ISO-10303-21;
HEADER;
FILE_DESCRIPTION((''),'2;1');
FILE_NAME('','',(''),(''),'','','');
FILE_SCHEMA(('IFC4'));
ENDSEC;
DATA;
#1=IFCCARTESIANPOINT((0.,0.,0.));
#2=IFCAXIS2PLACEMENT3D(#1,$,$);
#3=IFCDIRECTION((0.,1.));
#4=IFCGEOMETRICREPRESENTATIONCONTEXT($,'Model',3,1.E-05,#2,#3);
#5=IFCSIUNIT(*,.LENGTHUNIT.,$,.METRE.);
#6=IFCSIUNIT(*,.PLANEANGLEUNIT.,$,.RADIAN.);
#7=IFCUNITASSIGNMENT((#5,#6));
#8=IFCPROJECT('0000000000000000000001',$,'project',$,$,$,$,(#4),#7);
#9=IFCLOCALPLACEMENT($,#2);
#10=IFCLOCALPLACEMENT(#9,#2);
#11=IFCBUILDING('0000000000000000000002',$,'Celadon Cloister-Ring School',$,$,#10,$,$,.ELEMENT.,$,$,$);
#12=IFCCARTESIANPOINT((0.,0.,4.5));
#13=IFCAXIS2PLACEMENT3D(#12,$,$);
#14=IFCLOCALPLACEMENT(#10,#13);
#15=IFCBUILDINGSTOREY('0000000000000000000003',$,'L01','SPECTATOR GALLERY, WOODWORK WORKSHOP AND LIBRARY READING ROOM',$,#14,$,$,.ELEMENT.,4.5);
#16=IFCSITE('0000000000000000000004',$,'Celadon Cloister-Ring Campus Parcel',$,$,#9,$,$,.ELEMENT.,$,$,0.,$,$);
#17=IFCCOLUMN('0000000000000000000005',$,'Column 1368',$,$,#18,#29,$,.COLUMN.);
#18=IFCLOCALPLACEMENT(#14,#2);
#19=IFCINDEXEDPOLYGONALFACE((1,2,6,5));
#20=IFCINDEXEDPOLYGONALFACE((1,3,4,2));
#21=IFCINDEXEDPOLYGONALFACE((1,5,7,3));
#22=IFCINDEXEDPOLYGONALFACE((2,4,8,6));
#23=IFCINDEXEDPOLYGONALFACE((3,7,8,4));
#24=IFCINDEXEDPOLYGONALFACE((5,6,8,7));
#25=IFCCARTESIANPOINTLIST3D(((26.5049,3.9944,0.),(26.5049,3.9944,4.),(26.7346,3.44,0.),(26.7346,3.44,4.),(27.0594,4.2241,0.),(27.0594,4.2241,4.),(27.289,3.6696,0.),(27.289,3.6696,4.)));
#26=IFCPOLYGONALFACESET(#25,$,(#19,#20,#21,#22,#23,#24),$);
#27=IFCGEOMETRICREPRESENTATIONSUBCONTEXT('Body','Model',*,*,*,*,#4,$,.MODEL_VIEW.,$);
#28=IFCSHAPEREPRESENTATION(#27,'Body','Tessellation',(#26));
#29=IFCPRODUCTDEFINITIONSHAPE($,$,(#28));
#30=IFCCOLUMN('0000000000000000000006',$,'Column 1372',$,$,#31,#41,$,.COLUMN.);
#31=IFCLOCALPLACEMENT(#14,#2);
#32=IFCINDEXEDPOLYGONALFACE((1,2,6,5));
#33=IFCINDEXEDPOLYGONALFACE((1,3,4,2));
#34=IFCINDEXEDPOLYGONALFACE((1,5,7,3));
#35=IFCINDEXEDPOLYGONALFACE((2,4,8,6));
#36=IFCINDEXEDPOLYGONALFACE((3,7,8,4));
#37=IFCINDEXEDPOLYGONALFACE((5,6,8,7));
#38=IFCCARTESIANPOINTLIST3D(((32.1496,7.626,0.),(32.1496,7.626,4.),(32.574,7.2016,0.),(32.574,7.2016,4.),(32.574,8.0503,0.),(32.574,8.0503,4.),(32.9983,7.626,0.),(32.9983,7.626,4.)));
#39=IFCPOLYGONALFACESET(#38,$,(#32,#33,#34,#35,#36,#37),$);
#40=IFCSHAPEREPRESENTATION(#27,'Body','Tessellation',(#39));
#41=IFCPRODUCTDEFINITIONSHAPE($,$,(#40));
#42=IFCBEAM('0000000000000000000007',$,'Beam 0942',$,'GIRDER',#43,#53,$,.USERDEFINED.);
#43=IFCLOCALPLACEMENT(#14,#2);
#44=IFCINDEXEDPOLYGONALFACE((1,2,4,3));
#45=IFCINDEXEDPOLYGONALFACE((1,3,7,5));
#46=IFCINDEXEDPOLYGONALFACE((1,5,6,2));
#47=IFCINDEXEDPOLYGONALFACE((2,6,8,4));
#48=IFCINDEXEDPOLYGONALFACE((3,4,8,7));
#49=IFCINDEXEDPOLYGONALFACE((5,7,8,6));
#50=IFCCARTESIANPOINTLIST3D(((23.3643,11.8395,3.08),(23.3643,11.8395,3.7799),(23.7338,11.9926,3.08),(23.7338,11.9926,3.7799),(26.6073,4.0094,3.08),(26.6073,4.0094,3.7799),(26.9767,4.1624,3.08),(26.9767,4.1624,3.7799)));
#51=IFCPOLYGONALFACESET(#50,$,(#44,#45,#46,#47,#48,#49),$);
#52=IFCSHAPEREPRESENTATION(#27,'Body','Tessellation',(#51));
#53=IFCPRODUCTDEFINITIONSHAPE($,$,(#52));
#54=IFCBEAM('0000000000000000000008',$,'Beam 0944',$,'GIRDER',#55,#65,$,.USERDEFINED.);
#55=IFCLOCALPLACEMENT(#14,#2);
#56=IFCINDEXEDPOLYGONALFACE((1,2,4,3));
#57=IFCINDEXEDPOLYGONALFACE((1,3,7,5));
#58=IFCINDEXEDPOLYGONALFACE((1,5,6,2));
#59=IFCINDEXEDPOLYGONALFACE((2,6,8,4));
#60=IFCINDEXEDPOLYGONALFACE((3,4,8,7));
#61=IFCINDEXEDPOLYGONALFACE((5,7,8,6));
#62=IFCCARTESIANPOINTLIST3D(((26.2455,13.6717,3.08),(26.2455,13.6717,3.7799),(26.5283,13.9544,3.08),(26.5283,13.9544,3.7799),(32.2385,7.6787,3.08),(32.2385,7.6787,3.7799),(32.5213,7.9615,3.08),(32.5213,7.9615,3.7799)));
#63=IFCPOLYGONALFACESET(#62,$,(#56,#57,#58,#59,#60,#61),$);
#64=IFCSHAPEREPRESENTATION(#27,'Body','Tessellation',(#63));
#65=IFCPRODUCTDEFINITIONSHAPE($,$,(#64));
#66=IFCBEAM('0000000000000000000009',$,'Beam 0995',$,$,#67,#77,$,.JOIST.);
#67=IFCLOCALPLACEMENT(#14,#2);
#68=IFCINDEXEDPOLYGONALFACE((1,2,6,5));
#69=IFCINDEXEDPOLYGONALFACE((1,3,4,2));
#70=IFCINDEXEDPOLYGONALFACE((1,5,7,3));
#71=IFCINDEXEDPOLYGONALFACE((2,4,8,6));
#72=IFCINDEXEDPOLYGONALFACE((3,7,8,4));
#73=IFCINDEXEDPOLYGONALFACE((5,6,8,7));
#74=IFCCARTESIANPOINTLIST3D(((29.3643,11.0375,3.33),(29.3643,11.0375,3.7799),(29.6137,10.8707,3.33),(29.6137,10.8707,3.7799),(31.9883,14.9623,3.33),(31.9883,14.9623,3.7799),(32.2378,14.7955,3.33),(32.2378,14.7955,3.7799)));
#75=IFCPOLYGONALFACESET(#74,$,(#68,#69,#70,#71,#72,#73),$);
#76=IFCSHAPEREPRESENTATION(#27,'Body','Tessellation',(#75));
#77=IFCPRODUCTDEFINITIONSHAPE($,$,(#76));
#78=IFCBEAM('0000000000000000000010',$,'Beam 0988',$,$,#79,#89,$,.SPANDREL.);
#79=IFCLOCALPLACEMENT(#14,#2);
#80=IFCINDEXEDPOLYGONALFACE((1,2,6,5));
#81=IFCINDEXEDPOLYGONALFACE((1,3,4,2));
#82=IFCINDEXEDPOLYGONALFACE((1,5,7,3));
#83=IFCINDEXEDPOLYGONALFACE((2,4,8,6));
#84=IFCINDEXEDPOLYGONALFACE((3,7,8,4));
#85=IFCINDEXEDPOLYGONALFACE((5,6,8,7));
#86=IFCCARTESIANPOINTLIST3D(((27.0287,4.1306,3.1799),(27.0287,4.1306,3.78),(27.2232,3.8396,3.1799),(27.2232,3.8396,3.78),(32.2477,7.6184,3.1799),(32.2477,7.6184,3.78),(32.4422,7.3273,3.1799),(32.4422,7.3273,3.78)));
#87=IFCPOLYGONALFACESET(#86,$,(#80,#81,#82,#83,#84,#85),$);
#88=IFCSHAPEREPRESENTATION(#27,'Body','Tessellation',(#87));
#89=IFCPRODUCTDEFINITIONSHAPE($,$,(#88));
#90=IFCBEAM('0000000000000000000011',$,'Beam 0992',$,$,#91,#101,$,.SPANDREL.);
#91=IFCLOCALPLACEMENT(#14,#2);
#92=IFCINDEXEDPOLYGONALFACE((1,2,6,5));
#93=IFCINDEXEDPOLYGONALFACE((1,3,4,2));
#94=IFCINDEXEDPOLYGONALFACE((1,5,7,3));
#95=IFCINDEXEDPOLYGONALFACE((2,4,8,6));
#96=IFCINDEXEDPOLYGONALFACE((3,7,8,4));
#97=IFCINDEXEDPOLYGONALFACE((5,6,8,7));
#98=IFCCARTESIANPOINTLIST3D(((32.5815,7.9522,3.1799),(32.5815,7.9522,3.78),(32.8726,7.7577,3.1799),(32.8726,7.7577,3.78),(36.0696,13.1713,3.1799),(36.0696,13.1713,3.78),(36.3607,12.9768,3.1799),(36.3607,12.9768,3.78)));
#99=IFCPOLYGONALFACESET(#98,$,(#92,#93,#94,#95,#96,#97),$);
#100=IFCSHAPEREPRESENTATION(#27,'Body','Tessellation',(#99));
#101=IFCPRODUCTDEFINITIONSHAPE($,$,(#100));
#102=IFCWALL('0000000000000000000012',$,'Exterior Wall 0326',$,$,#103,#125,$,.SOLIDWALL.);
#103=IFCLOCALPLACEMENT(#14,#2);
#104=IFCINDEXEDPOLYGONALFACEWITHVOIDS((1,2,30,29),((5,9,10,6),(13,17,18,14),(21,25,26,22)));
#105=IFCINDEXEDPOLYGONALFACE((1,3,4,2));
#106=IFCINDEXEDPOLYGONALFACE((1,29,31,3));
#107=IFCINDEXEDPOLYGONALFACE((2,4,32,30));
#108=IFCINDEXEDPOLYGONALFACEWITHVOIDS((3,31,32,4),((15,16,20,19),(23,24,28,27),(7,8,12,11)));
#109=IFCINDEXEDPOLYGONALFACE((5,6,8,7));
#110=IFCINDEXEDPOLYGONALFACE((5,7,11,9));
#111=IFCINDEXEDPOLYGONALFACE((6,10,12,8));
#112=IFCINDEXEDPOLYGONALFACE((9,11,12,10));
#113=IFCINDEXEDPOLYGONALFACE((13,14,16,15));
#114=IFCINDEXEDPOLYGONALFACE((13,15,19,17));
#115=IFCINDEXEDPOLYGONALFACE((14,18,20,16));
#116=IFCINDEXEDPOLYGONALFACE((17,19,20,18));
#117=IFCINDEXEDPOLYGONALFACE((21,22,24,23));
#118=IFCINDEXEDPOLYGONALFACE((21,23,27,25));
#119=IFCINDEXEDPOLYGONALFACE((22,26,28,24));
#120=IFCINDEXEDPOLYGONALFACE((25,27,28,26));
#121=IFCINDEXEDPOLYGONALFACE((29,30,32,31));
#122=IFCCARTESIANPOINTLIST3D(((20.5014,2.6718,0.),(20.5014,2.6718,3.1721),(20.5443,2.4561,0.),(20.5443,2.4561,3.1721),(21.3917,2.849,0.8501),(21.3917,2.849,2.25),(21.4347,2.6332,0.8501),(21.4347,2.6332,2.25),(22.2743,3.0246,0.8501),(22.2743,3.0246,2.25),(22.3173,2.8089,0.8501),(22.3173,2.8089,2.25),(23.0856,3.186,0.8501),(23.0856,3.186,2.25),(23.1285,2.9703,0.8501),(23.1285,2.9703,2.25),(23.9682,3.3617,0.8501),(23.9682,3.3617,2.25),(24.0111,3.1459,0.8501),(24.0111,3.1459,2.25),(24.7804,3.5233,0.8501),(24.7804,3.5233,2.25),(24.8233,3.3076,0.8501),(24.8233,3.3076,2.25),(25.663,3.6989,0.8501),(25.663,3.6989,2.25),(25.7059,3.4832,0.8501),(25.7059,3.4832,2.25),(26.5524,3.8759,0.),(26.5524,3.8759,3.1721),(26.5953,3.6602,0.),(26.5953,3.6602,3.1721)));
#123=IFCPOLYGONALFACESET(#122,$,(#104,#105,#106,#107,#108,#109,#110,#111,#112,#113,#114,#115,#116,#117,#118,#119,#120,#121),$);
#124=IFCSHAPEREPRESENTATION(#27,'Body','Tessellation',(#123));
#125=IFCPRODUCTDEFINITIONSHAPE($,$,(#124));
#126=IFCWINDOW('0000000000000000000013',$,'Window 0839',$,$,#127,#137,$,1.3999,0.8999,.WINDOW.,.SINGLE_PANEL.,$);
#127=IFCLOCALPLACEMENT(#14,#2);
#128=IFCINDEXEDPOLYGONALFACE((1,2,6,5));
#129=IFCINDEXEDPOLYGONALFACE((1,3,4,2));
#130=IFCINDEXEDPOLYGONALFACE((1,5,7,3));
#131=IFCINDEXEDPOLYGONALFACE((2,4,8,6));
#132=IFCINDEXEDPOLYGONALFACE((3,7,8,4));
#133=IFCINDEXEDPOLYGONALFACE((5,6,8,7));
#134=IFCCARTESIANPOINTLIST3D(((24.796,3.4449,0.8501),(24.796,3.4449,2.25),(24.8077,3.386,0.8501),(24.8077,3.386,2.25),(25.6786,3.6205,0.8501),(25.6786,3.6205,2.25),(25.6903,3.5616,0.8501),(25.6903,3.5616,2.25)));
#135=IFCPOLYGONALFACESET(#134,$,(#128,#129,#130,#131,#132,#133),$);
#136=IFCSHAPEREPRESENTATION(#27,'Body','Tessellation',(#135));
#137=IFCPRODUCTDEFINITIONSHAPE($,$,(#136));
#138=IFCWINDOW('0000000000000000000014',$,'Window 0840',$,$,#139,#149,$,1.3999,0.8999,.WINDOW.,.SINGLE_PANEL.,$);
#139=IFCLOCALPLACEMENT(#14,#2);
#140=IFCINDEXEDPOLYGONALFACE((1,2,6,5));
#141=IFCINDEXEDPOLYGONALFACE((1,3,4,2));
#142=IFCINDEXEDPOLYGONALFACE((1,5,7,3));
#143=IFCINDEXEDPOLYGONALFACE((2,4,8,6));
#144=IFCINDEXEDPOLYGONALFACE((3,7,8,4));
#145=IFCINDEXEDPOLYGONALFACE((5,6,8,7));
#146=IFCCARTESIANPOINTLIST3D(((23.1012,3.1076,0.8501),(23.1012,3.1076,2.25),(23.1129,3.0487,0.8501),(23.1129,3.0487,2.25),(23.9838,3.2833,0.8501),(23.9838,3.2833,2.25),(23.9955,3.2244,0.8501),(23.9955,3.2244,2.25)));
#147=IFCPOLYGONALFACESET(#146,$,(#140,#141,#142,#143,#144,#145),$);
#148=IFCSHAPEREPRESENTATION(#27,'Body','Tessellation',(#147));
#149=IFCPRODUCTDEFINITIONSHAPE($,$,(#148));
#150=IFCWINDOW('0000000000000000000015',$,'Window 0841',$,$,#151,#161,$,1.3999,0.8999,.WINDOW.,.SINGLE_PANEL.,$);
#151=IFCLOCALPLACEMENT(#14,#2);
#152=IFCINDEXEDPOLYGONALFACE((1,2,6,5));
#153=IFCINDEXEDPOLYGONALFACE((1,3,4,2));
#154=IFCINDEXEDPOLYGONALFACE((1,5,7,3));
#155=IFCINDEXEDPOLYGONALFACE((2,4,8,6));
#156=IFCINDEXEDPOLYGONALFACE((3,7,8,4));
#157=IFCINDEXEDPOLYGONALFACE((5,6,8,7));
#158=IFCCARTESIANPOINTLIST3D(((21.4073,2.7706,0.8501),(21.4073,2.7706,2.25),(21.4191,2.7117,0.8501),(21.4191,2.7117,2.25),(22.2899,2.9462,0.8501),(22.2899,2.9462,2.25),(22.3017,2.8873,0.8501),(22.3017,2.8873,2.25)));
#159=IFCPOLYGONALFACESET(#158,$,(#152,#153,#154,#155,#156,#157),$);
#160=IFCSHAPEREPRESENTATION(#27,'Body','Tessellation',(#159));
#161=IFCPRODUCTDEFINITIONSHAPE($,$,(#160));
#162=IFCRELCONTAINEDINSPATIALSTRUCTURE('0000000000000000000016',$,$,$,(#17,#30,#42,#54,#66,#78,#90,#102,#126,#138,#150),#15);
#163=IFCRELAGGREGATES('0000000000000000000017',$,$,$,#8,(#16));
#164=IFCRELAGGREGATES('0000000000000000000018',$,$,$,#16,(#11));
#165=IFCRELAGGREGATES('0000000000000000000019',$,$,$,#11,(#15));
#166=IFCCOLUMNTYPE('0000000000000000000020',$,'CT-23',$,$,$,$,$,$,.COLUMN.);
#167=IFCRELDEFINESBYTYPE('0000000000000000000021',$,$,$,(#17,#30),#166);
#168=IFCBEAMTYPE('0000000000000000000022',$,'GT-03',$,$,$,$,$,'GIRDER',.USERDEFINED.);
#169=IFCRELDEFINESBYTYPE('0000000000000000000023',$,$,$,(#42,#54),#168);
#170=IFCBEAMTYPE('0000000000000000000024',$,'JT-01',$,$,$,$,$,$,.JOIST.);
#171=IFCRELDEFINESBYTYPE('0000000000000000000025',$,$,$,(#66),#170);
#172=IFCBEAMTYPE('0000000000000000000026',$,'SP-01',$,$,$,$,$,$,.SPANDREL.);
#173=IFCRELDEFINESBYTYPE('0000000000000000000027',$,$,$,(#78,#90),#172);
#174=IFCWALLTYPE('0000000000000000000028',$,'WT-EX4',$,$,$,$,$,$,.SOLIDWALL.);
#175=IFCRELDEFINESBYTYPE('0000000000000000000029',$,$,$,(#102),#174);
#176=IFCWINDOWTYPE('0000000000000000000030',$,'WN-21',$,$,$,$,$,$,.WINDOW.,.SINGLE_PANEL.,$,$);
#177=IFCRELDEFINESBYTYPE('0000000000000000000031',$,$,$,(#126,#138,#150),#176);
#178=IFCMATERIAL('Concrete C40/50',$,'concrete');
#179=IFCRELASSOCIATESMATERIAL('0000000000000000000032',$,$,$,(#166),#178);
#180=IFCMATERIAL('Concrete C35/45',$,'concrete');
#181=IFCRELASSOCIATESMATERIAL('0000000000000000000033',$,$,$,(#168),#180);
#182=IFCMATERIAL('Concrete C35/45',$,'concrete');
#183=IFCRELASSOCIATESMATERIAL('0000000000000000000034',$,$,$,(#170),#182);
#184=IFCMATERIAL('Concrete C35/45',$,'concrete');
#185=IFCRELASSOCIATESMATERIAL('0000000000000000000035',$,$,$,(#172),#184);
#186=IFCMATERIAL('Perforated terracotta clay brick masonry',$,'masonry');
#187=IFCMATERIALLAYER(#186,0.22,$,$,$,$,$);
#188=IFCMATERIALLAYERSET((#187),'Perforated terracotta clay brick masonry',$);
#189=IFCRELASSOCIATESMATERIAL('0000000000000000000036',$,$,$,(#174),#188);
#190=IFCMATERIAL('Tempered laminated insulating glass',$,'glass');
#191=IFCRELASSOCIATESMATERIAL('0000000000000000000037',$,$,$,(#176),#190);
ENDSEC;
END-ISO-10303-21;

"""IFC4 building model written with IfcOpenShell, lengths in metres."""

from ifc_helpers import new_model, si_unit, direction, frame, frame_2d, origin, origin_2d, place, context, subcontext, project, spatial, rectangle, extrude, material, layer, layer_set, material_profile, profile_set, type_object, element, fill, save


model = new_model("IFC4")

# Units and contexts
model_context = context("Model", 3, precision=1e-05, world=origin(), true_north=direction((0.0, 1.0)))
body_context = subcontext(model_context, "Body", "Model", "MODEL_VIEW")
ifc_project = project(units=[si_unit("LENGTHUNIT", "METRE"), si_unit("PLANEANGLEUNIT", "RADIAN")], contexts=[model_context])

# Site, building, storey
site_placement = place(None, origin())
site = spatial("IfcSite", under=ifc_project, at=site_placement, Name="Celadon Cloister-Ring Campus Parcel", CompositionType="ELEMENT", RefElevation=0.0)
building_placement = place(site_placement, origin())
building = spatial("IfcBuilding", under=site, at=building_placement, Name="Celadon Cloister-Ring School", CompositionType="ELEMENT")
storey_placement = place(building_placement, frame((0.0, 0.0, 4.5)))
storey = spatial("IfcBuildingStorey", under=building, at=storey_placement, Name="L01", Description="SPECTATOR GALLERY, WOODWORK WORKSHOP AND LIBRARY READING ROOM", CompositionType="ELEMENT", Elevation=4.5)

# Columns
ifc_material_1 = material(Name="Concrete C40/50", Category="concrete")
ifc_material_profile_1 = material_profile(ifc_material_1, rectangle(XDim=0.6001, YDim=0.6001, at=origin_2d()), Name="RC600X600")
ifc_profile_set_1 = profile_set([ifc_material_profile_1], Name="Concrete C40/50")
column_type = type_object("IfcColumnType", Name="CT-23", PredefinedType="COLUMN", material=ifc_profile_set_1)
for number, where, z_axis, x_axis, name in (
    (1, (26.897, 3.832, 0.0), (0.0, 0.0, 1.0), (0.382683, -0.92388, 0.0), "Column 1368"),
    (2, (32.574, 7.626, 0.0), (0.0, 0.0, 1.0), (0.707107, -0.707107, 0.0), "Column 1372"),
):
    element("IfcColumn", number, at=place(storey_placement, frame(where, z_axis=z_axis, x_axis=x_axis)), inside=storey, type_object=column_type, Name=name, PredefinedType="COLUMN", context=body_context, shape_type="SweptSolid", body=[
        extrude(rectangle(XDim=0.6001, YDim=0.6001, at=origin_2d()), origin(), (0.0, 0.0, 1.0), 4.0),
    ])

# Beams
ifc_material_2 = material(Name="Concrete C35/45", Category="concrete")
ifc_material_profile_2 = material_profile(ifc_material_2, rectangle(XDim=0.3999, YDim=0.7, at=origin_2d()), Name="RC400X700")
ifc_profile_set_2 = profile_set([ifc_material_profile_2], Name="Concrete C35/45")
beam_type_1 = type_object("IfcBeamType", Name="GT-03", ElementType="GIRDER", PredefinedType="USERDEFINED", material=ifc_profile_set_2)
beam_1_placement = place(storey_placement, frame((26.792, 4.0859, 3.4299), z_axis=(-0.382643, 0.923896, 0.0), x_axis=(-0.923896, -0.382643, 0.0)))
element("IfcBeam", 3, at=beam_1_placement, inside=storey, type_object=beam_type_1, Name="Beam 0942", ObjectType="GIRDER", PredefinedType="USERDEFINED", context=body_context, shape_type="SweptSolid", body=[
    extrude(rectangle(XDim=0.3999, YDim=0.7, at=origin_2d()), origin(), (0.0, 0.0, 1.0), 8.4751),
])
beam_2_placement = place(storey_placement, frame((32.3799, 7.8201, 3.4299), z_axis=(-0.707107, 0.707107, 0.0), x_axis=(-0.707107, -0.707107, 0.0)))
element("IfcBeam", 4, at=beam_2_placement, inside=storey, type_object=beam_type_1, Name="Beam 0944", ObjectType="GIRDER", PredefinedType="USERDEFINED", context=body_context, shape_type="SweptSolid", body=[
    extrude(rectangle(XDim=0.3999, YDim=0.7, at=origin_2d()), origin(), (0.0, 0.0, 1.0), 8.4753),
])
ifc_material_3 = material(Name="Concrete C35/45", Category="concrete")
ifc_material_profile_3 = material_profile(ifc_material_3, rectangle(XDim=0.3, YDim=0.45, at=origin_2d()), Name="RC300X450")
ifc_profile_set_3 = profile_set([ifc_material_profile_3], Name="Concrete C35/45")
beam_type_2 = type_object("IfcBeamType", Name="JT-01", PredefinedType="JOIST", material=ifc_profile_set_3)
beam_3_placement = place(storey_placement, frame((29.489, 10.9541, 3.5549), z_axis=(0.555798, 0.831318, 0.0), x_axis=(-0.831318, 0.555798, 0.0)))
element("IfcBeam", 5, at=beam_3_placement, inside=storey, type_object=beam_type_2, Name="Beam 0995", PredefinedType="JOIST", context=body_context, shape_type="SweptSolid", body=[
    extrude(rectangle(XDim=0.3, YDim=0.45, at=origin_2d()), origin(), (0.0, 0.0, 1.0), 4.7212),
])
ifc_material_4 = material(Name="Concrete C35/45", Category="concrete")
ifc_material_profile_4 = material_profile(ifc_material_4, rectangle(XDim=0.3501, YDim=0.6001, at=origin_2d()), Name="RC350X600")
ifc_profile_set_4 = profile_set([ifc_material_profile_4], Name="Concrete C35/45")
beam_type_3 = type_object("IfcBeamType", Name="SP-01", PredefinedType="SPANDREL", material=ifc_profile_set_4)
beam_4_placement = place(storey_placement, frame((27.126, 3.9851, 3.48), z_axis=(0.831427, 0.555633, 0.0), x_axis=(-0.555633, 0.831427, 0.0)))
element("IfcBeam", 6, at=beam_4_placement, inside=storey, type_object=beam_type_3, Name="Beam 0988", PredefinedType="SPANDREL", context=body_context, shape_type="SweptSolid", body=[
    extrude(rectangle(XDim=0.3501, YDim=0.6001, at=origin_2d()), origin(), (0.0, 0.0, 1.0), 6.2771),
])
beam_5_placement = place(storey_placement, frame((32.7271, 7.855, 3.48), z_axis=(0.55566, 0.83141, 0.0), x_axis=(-0.83141, 0.55566, 0.0)))
element("IfcBeam", 7, at=beam_5_placement, inside=storey, type_object=beam_type_3, Name="Beam 0992", PredefinedType="SPANDREL", context=body_context, shape_type="SweptSolid", body=[
    extrude(rectangle(XDim=0.3501, YDim=0.6001, at=origin_2d()), origin(), (0.0, 0.0, 1.0), 6.2773),
])

# Wall, openings, windows
ifc_material_5 = material(Name="Perforated terracotta clay brick masonry", Category="masonry")
ifc_layer_1 = layer(ifc_material_5, 0.22)
ifc_layer_set_1 = layer_set([ifc_layer_1], Name="Perforated terracotta clay brick masonry")
wall_type = type_object("IfcWallType", Name="WT-EX4", PredefinedType="SOLIDWALL", material=ifc_layer_set_1)
wall_1_placement = place(storey_placement, frame((26.574, 3.7681, 0.0), z_axis=(0.0, 0.0, 1.0), x_axis=(-0.98077, -0.195165, 0.0)))
wall_1 = element("IfcWall", 8, at=wall_1_placement, inside=storey, type_object=wall_type, Name="Exterior Wall 0326", PredefinedType="SOLIDWALL", context=body_context, shape_type="SweptSolid", body=[
    extrude(rectangle(XDim=6.1697, YDim=0.22, at=frame_2d((3.085, 0.0))), origin(), (0.0, 0.0, 1.0), 3.1721),
])
opening_1_placement = place(wall_1_placement, frame((0.907, 0.0, 0.8501)))
opening_1 = element("IfcOpeningElement", 9, at=opening_1_placement, cuts=wall_1, PredefinedType="OPENING", context=body_context, shape_type="SweptSolid", body=[
    extrude(rectangle(XDim=0.8999, YDim=1.3999, at=frame_2d((0.45, 0.7))), frame((0.0, 0.1201, 0.0), z_axis=(0.0, -1.0, 0.0), x_axis=(1.0, 0.0, 0.0)), (0.0, 0.0, 1.0), 0.24),
])
opening_2_placement = place(wall_1_placement, frame((2.635, 0.0, 0.8501)))
opening_2 = element("IfcOpeningElement", 10, at=opening_2_placement, cuts=wall_1, PredefinedType="OPENING", context=body_context, shape_type="SweptSolid", body=[
    extrude(rectangle(XDim=0.8999, YDim=1.3999, at=frame_2d((0.45, 0.7))), frame((0.0, 0.1201, 0.0), z_axis=(0.0, -1.0, 0.0), x_axis=(1.0, 0.0, 0.0)), (0.0, 0.0, 1.0), 0.24),
])
opening_3_placement = place(wall_1_placement, frame((4.3621, 0.0, 0.8501)))
opening_3 = element("IfcOpeningElement", 11, at=opening_3_placement, cuts=wall_1, PredefinedType="OPENING", context=body_context, shape_type="SweptSolid", body=[
    extrude(rectangle(XDim=0.8999, YDim=1.3999, at=frame_2d((0.45, 0.7))), frame((0.0, 0.1201, 0.0), z_axis=(0.0, -1.0, 0.0), x_axis=(1.0, 0.0, 0.0)), (0.0, 0.0, 1.0), 0.24),
])
ifc_material_6 = material(Name="Tempered laminated insulating glass", Category="glass")
window_type = type_object("IfcWindowType", Name="WN-21", PartitioningType="SINGLE_PANEL", PredefinedType="WINDOW", material=ifc_material_6)
window_1_placement = place(opening_1_placement, origin())
window_1 = element("IfcWindow", 12, at=window_1_placement, inside=storey, type_object=window_type, Name="Window 0839", OverallHeight=1.3999, OverallWidth=0.8999, PartitioningType="SINGLE_PANEL", PredefinedType="WINDOW", context=body_context, shape_type="SweptSolid", body=[
    extrude(rectangle(XDim=0.8999, YDim=1.3999, at=frame_2d((0.45, 0.7))), frame((0.0, 0.03, 0.0), z_axis=(0.0, -1.0, 0.0), x_axis=(1.0, 0.0, 0.0)), (0.0, 0.0, 1.0), 0.0601),
])
fill(opening_1, window_1)
window_2_placement = place(opening_2_placement, origin())
window_2 = element("IfcWindow", 13, at=window_2_placement, inside=storey, type_object=window_type, Name="Window 0840", OverallHeight=1.3999, OverallWidth=0.8999, PartitioningType="SINGLE_PANEL", PredefinedType="WINDOW", context=body_context, shape_type="SweptSolid", body=[
    extrude(rectangle(XDim=0.8999, YDim=1.3999, at=frame_2d((0.45, 0.7))), frame((0.0, 0.03, 0.0), z_axis=(0.0, -1.0, 0.0), x_axis=(1.0, 0.0, 0.0)), (0.0, 0.0, 1.0), 0.0601),
])
fill(opening_2, window_2)
window_3_placement = place(opening_3_placement, origin())
window_3 = element("IfcWindow", 14, at=window_3_placement, inside=storey, type_object=window_type, Name="Window 0841", OverallHeight=1.3999, OverallWidth=0.8999, PartitioningType="SINGLE_PANEL", PredefinedType="WINDOW", context=body_context, shape_type="SweptSolid", body=[
    extrude(rectangle(XDim=0.8999, YDim=1.3999, at=frame_2d((0.45, 0.7))), frame((0.0, 0.03, 0.0), z_axis=(0.0, -1.0, 0.0), x_axis=(1.0, 0.0, 0.0)), (0.0, 0.0, 1.0), 0.0601),
])
fill(opening_3, window_3)

save(model, "model.ifc")
